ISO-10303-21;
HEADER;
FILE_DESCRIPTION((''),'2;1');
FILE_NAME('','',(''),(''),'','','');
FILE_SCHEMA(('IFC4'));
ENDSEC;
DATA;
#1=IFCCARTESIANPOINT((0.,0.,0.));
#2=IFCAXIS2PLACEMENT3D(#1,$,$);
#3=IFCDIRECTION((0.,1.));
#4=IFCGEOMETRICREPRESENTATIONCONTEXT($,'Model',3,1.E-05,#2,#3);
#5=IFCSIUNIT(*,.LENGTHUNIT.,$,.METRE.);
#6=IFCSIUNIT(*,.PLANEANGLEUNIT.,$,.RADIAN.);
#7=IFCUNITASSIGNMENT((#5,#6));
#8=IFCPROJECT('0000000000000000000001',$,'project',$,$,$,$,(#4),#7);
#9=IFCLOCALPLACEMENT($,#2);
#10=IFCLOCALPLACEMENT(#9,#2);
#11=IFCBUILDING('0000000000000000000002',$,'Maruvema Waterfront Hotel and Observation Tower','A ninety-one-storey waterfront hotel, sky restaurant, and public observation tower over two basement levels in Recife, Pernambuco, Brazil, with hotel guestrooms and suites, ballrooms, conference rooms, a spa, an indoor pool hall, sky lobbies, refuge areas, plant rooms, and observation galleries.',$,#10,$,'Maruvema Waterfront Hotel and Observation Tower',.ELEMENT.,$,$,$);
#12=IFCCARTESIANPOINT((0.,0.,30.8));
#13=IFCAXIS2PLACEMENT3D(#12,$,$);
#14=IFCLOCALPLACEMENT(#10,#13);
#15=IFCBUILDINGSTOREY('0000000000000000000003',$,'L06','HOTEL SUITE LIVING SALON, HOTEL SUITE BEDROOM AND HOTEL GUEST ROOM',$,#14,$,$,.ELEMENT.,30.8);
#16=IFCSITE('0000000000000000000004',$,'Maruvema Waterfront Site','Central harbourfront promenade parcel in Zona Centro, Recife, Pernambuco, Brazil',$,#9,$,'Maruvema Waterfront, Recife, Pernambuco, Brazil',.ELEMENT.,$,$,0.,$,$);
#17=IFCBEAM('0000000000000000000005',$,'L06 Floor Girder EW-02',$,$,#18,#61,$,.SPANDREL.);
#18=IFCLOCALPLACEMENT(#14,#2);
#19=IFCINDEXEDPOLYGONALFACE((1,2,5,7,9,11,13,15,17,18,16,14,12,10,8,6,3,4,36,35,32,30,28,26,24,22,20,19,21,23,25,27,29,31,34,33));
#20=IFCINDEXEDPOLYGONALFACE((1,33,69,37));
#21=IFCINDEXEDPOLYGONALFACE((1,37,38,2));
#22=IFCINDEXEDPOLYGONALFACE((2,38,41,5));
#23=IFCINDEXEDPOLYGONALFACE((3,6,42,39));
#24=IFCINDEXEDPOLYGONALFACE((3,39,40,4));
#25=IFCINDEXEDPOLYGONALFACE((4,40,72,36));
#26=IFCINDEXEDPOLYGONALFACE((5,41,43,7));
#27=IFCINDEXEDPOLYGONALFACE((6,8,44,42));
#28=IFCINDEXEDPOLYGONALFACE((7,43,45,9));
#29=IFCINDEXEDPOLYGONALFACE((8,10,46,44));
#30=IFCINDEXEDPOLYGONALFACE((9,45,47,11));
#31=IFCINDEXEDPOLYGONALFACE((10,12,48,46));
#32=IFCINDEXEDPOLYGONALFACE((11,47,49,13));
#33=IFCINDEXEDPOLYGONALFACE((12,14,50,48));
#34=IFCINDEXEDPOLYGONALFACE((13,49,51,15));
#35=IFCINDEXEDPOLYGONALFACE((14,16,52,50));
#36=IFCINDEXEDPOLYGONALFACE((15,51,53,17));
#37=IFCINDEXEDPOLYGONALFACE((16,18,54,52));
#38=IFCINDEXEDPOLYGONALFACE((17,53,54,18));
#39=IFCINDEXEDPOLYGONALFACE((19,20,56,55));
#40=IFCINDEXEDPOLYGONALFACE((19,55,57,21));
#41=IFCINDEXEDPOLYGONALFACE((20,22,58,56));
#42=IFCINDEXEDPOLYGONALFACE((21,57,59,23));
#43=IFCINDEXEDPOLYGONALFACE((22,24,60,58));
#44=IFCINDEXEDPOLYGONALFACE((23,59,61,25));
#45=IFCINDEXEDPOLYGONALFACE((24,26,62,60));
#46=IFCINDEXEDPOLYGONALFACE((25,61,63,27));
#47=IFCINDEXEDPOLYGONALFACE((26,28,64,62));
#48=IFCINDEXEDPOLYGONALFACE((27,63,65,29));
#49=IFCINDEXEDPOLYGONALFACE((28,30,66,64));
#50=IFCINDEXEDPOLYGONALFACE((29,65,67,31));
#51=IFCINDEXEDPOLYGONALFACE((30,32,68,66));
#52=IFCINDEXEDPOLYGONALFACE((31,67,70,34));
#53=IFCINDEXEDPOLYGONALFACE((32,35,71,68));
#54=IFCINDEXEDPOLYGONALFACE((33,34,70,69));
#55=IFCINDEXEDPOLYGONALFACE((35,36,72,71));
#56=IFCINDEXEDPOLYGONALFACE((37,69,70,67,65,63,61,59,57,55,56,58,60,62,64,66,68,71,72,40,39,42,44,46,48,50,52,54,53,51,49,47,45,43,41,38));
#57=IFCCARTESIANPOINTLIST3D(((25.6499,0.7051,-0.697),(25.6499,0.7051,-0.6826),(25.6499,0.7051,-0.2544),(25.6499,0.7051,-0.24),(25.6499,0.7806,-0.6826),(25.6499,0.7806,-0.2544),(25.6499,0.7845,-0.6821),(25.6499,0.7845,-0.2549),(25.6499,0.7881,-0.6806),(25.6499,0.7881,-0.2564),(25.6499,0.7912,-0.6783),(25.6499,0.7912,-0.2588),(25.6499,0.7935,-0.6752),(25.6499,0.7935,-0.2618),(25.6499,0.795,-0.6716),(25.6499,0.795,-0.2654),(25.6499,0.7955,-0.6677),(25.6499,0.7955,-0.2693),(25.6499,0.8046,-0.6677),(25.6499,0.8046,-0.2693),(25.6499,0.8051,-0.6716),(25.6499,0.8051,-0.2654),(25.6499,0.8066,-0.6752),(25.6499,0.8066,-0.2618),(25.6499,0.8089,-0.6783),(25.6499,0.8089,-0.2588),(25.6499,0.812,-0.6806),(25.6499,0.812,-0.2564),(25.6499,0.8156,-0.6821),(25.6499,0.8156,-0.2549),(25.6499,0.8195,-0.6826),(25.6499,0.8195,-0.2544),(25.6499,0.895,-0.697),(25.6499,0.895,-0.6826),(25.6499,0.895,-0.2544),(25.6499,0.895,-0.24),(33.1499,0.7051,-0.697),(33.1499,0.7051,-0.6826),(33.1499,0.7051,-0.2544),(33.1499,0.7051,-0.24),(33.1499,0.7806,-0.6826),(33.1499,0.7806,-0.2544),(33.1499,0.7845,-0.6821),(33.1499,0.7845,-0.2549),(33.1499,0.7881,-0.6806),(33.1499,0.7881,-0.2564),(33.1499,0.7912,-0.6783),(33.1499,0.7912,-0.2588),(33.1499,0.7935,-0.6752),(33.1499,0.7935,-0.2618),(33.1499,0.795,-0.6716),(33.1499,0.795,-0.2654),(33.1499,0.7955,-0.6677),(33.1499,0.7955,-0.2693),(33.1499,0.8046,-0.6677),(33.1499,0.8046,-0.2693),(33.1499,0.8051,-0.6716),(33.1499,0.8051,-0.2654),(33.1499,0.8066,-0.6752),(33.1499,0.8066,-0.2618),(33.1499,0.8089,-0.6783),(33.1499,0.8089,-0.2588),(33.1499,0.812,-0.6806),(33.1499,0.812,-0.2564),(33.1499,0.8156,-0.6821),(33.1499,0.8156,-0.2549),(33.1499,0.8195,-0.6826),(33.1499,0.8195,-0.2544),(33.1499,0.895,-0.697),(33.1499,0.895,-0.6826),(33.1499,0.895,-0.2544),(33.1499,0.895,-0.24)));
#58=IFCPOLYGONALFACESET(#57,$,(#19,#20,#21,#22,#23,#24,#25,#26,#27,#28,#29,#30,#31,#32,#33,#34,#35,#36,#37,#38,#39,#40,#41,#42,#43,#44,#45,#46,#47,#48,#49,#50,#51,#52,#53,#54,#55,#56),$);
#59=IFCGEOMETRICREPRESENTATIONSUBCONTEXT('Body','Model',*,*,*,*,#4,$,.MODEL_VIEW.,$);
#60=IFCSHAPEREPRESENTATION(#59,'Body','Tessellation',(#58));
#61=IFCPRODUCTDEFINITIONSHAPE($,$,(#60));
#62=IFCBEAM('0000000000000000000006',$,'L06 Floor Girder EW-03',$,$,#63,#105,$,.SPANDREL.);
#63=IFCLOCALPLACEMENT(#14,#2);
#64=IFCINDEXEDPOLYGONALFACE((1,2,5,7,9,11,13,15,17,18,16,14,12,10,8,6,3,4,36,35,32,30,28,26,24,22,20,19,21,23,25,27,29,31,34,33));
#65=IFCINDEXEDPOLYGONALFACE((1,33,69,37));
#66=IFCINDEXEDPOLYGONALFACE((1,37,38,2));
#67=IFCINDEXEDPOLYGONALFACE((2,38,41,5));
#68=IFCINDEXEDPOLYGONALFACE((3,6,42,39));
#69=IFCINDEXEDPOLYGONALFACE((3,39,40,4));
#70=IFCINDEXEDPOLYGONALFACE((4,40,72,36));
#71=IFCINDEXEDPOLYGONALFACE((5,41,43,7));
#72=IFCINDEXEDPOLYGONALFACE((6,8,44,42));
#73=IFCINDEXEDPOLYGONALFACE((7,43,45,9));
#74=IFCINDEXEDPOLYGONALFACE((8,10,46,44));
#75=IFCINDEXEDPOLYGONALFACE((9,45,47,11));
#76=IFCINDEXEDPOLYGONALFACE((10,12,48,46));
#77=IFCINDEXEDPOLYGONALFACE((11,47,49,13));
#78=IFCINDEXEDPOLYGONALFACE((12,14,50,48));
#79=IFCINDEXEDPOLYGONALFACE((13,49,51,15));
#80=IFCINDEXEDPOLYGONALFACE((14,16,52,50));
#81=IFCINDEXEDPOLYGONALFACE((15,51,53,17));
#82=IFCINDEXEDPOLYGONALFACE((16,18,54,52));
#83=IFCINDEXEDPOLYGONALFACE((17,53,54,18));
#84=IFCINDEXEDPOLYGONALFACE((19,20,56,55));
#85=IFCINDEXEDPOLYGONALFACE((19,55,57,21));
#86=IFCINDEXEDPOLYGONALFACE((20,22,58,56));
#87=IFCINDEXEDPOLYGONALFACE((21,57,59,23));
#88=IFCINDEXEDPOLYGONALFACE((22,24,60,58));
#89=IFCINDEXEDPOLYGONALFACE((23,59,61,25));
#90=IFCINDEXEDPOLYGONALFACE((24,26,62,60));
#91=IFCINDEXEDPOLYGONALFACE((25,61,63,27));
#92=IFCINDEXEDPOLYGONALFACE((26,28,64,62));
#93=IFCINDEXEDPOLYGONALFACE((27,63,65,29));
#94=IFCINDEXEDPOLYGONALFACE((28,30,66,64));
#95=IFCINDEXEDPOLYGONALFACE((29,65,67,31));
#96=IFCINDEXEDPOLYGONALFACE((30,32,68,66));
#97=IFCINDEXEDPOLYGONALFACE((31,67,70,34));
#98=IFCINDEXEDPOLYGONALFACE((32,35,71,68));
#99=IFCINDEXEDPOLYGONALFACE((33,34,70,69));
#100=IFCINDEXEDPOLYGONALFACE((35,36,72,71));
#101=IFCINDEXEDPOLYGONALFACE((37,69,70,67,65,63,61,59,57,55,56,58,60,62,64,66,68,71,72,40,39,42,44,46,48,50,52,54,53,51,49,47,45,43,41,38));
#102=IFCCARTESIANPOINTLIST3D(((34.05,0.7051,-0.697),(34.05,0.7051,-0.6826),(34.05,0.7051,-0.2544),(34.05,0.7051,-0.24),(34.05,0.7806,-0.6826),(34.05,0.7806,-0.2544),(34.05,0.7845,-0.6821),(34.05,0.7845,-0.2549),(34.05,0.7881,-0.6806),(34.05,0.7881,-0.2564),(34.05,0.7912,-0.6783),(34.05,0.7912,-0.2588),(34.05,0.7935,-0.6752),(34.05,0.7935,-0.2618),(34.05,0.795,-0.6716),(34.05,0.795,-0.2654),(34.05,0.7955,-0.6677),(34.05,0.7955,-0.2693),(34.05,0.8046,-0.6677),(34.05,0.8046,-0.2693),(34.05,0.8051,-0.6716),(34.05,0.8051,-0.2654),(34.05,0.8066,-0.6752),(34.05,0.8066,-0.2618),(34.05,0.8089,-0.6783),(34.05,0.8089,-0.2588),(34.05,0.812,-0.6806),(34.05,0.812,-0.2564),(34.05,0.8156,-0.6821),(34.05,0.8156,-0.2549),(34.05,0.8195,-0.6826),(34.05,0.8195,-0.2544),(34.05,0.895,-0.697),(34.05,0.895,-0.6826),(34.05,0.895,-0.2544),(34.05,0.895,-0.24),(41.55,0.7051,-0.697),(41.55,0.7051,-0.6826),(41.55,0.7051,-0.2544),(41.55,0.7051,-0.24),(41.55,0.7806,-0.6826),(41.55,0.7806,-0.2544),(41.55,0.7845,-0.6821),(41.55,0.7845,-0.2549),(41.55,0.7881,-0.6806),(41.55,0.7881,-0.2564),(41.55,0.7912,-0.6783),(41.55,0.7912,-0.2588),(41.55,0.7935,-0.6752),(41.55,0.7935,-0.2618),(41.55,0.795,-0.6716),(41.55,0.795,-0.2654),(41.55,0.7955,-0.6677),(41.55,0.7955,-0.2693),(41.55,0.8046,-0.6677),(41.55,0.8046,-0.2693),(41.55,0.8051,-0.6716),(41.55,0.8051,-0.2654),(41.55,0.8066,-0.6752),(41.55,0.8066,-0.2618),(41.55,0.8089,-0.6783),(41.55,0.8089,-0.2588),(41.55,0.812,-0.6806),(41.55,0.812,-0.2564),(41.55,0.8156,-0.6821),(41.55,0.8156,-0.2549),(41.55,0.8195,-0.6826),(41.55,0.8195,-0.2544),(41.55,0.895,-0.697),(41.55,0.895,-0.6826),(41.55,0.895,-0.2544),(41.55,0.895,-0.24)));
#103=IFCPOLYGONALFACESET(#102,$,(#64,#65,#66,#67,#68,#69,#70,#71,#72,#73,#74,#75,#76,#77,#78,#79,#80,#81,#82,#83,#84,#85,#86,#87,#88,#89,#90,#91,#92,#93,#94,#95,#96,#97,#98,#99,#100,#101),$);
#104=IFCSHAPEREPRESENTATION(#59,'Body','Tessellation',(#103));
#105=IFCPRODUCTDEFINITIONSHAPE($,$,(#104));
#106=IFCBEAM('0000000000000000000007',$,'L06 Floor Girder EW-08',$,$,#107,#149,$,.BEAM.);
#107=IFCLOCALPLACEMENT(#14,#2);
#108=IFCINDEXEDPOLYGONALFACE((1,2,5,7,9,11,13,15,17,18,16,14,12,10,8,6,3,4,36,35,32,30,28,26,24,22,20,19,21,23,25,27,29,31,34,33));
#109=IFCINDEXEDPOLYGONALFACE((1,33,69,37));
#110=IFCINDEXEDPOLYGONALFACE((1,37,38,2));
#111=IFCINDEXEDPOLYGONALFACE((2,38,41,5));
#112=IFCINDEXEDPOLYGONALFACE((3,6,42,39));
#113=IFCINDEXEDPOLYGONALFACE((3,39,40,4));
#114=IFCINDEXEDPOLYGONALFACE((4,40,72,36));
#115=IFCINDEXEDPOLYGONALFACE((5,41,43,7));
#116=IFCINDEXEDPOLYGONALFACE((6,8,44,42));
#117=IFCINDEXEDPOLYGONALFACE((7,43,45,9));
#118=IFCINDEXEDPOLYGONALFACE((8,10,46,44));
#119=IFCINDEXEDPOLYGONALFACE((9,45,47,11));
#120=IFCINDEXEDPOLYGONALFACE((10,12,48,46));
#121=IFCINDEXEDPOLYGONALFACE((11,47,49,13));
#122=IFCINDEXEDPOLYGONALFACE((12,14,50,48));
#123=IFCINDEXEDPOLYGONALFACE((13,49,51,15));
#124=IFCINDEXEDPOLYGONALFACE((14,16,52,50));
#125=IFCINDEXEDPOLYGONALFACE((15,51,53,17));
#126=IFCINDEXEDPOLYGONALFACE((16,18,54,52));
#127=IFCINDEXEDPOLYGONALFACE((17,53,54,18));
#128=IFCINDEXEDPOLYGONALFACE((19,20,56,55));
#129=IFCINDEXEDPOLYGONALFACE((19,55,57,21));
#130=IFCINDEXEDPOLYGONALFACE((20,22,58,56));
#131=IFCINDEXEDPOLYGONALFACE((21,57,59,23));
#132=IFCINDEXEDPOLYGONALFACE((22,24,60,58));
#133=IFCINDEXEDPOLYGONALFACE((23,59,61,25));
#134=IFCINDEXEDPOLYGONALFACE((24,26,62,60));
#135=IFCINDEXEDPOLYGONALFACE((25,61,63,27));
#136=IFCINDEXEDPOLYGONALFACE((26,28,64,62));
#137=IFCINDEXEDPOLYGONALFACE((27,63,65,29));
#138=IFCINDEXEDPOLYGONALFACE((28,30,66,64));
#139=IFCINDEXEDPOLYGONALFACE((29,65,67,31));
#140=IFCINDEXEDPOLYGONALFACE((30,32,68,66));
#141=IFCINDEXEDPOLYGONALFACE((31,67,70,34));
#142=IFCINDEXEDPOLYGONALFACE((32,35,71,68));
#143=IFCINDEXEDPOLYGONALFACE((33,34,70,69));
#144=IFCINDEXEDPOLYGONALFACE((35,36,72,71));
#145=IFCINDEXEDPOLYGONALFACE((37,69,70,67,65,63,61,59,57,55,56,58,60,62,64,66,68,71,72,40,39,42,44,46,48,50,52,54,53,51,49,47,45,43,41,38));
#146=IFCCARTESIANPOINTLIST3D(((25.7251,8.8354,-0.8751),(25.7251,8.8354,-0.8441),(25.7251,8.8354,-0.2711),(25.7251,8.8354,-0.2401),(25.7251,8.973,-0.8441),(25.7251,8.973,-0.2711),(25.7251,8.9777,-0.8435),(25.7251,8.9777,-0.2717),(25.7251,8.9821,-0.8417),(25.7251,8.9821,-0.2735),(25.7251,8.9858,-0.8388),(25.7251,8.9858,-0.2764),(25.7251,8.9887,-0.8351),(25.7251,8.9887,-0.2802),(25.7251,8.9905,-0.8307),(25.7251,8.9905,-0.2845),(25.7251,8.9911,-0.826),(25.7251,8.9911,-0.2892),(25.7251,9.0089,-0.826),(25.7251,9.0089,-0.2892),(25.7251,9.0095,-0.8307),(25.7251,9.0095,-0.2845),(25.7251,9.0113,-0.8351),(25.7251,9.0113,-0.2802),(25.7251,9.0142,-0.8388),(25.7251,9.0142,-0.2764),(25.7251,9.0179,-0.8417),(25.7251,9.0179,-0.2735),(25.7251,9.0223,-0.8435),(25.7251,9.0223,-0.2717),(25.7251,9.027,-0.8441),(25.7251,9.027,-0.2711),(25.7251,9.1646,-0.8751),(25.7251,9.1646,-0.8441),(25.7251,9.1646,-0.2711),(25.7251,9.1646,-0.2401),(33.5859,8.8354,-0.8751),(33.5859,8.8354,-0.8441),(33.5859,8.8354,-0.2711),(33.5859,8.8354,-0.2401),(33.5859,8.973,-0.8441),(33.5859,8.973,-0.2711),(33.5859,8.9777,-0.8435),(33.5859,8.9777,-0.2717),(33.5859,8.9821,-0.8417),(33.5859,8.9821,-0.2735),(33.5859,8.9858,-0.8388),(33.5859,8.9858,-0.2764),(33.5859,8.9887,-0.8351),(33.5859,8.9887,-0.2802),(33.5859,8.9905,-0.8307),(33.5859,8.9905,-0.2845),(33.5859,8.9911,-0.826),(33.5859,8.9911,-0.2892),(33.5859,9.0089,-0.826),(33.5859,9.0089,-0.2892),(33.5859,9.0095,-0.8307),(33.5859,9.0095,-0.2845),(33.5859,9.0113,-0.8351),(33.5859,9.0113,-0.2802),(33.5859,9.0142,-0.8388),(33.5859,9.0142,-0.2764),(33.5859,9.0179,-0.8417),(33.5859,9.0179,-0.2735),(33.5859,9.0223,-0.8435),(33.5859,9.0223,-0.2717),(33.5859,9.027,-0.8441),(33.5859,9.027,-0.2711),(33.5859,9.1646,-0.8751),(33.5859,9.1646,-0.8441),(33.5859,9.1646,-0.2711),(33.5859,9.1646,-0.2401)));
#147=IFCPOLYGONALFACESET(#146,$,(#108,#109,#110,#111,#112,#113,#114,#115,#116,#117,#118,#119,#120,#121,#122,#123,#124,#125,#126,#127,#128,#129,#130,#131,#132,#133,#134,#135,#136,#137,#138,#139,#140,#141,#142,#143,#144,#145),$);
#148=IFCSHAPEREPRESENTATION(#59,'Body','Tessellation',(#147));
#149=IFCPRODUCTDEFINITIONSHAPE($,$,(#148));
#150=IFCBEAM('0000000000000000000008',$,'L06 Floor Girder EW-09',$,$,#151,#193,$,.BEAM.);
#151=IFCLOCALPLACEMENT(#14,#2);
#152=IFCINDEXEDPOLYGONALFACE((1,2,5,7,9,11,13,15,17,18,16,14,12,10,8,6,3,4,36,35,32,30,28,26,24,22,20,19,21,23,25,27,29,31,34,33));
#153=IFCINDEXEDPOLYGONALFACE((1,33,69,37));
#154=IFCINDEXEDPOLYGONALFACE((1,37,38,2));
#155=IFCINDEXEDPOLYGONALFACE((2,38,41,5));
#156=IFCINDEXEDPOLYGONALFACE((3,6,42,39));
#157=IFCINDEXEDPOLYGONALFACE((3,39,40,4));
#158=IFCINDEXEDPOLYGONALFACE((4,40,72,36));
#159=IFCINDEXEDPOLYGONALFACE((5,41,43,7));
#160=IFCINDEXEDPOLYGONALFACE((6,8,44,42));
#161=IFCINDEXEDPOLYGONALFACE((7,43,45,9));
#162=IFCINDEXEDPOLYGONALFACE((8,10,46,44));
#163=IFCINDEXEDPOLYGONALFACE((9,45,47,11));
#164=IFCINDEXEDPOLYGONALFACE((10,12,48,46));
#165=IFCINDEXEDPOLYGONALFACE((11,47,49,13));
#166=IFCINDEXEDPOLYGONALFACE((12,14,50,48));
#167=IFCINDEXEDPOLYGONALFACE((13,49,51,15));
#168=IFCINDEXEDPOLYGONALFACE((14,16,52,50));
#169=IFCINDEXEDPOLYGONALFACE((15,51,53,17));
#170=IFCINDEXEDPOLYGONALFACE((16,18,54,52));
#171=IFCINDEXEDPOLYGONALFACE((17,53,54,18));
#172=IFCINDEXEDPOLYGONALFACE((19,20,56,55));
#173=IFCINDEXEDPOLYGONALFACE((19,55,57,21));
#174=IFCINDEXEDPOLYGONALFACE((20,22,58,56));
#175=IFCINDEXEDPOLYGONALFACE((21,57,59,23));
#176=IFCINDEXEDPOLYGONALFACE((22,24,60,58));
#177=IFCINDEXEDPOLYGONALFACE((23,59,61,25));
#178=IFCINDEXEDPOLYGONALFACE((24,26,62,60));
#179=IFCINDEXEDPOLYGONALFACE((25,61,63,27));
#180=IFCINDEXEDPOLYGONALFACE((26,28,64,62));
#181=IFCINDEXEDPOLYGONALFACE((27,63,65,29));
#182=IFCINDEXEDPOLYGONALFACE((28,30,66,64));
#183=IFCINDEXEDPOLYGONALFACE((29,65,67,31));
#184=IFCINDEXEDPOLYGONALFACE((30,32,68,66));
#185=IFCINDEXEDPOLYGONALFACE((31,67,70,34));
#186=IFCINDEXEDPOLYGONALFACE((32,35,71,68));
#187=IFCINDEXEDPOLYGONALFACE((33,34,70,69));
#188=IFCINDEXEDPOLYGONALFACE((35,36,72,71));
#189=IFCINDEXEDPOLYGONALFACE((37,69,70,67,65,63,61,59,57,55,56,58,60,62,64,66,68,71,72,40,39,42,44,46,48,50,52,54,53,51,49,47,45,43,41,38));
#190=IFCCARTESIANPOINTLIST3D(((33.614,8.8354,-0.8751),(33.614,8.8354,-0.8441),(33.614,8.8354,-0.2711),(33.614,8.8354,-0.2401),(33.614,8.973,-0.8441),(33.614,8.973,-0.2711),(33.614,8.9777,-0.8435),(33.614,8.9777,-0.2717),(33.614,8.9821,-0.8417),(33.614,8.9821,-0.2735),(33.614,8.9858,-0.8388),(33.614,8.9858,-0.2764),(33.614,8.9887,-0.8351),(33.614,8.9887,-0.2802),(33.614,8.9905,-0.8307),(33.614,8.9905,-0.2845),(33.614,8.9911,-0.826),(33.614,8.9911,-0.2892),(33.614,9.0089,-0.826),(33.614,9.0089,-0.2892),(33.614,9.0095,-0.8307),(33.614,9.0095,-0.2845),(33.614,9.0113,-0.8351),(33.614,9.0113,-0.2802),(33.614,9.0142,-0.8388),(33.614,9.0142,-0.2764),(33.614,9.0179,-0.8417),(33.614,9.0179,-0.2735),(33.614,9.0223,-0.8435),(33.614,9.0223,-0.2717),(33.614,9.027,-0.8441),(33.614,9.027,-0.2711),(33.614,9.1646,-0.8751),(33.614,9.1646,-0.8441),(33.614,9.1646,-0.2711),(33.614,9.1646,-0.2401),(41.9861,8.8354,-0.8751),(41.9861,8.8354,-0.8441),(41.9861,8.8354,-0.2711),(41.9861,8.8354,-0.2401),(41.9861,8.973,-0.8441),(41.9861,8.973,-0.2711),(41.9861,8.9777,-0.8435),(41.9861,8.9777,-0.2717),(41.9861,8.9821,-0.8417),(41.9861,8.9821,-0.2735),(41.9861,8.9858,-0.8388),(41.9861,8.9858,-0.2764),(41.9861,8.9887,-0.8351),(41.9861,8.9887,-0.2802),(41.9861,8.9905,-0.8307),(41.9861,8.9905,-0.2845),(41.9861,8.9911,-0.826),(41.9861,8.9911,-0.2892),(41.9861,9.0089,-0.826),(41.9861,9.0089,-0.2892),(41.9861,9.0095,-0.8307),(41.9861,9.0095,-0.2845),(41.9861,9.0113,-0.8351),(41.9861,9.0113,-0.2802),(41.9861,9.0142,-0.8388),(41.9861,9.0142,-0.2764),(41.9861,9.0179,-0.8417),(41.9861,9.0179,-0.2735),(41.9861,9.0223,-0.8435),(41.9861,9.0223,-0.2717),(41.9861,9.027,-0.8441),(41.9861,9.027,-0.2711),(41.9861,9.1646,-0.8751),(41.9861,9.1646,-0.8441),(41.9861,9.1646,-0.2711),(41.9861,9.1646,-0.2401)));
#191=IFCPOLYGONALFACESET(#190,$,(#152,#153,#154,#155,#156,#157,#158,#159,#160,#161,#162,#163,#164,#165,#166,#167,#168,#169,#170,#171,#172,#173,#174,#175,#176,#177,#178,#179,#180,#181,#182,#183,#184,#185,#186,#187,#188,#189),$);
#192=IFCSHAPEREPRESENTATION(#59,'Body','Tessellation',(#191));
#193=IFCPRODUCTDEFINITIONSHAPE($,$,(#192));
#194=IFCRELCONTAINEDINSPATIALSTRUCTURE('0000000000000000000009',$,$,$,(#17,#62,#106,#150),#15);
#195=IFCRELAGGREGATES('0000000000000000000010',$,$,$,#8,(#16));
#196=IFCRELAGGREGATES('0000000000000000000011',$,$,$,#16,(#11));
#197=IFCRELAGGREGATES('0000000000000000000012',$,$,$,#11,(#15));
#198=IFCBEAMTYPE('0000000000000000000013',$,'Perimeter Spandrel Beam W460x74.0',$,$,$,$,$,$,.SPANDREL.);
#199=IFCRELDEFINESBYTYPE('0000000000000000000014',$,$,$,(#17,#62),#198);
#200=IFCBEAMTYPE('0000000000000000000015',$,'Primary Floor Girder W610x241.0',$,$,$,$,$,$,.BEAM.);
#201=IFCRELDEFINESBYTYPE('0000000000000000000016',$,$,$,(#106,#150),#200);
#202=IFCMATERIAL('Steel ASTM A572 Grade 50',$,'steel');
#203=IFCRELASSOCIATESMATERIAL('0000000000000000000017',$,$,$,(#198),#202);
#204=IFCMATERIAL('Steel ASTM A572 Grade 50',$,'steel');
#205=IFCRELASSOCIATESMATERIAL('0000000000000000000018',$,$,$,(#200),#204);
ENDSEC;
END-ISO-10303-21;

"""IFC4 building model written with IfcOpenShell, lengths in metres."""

from ifc_helpers import new_model, si_unit, direction, frame, origin, origin_2d, place, context, subcontext, project, spatial, i_section, extrude, material, material_profile, profile_set, type_object, element, save


model = new_model("IFC4")

# Units and contexts
model_context = context("Model", 3, precision=1e-05, world=origin(), true_north=direction((0.0, 1.0)))
body_context = subcontext(model_context, "Body", "Model", "MODEL_VIEW")
ifc_project = project(units=[si_unit("LENGTHUNIT", "METRE"), si_unit("PLANEANGLEUNIT", "RADIAN")], contexts=[model_context])

# Site, building, storey
site_placement = place(None, origin())
site = spatial("IfcSite", under=ifc_project, at=site_placement, Name="Maruvema Waterfront Site", Description="Central harbourfront promenade parcel in Zona Centro, Recife, Pernambuco, Brazil", LongName="Maruvema Waterfront, Recife, Pernambuco, Brazil", CompositionType="ELEMENT", RefElevation=0.0)
building_placement = place(site_placement, origin())
building = spatial("IfcBuilding", under=site, at=building_placement, Name="Maruvema Waterfront Hotel and Observation Tower", Description="A ninety-one-storey waterfront hotel, sky restaurant, and public observation tower over two basement levels in Recife, Pernambuco, Brazil, with hotel guestrooms and suites, ballrooms, conference rooms, a spa, an indoor pool hall, sky lobbies, refuge areas, plant rooms, and observation galleries.", LongName="Maruvema Waterfront Hotel and Observation Tower", CompositionType="ELEMENT")
storey_placement = place(building_placement, frame((0.0, 0.0, 30.8)))
storey = spatial("IfcBuildingStorey", under=building, at=storey_placement, Name="L06", Description="HOTEL SUITE LIVING SALON, HOTEL SUITE BEDROOM AND HOTEL GUEST ROOM", CompositionType="ELEMENT", Elevation=30.8)

# Beams
ifc_material_1 = material(Name="Steel ASTM A572 Grade 50", Category="steel")
ifc_material_profile_1 = material_profile(ifc_material_1, i_section(OverallWidth=0.1899, OverallDepth=0.457, WebThickness=0.009, FlangeThickness=0.0144, FilletRadius=0.0149, at=origin_2d()), Name="W460x74.0")
ifc_profile_set_1 = profile_set([ifc_material_profile_1], Name="Steel ASTM A572 Grade 50")
beam_type_1 = type_object("IfcBeamType", Name="Perimeter Spandrel Beam W460x74.0", PredefinedType="SPANDREL", material=ifc_profile_set_1)
for number, where, z_axis, x_axis, name in (
    (1, (25.6499, 0.8, -0.4685), (1.0, 0.0, 0.0), (0.0, 1.0, 0.0), "L06 Floor Girder EW-02"),
    (2, (34.05, 0.8, -0.4685), (1.0, 0.0, 0.0), (0.0, 1.0, 0.0), "L06 Floor Girder EW-03"),
):
    element("IfcBeam", number, at=place(storey_placement, frame(where, z_axis=z_axis, x_axis=x_axis)), inside=storey, type_object=beam_type_1, Name=name, PredefinedType="SPANDREL", context=body_context, shape_type="SweptSolid", body=[
        extrude(i_section(OverallWidth=0.1899, OverallDepth=0.457, WebThickness=0.009, FlangeThickness=0.0144, FilletRadius=0.0149, at=origin_2d()), origin(), (0.0, 0.0, 1.0), 7.5),
    ])
ifc_material_2 = material(Name="Steel ASTM A572 Grade 50", Category="steel")
ifc_material_profile_2 = material_profile(ifc_material_2, i_section(OverallWidth=0.3291, OverallDepth=0.635, WebThickness=0.0178, FlangeThickness=0.031, FilletRadius=0.0181, at=origin_2d()), Name="W610x241.0")
ifc_profile_set_2 = profile_set([ifc_material_profile_2], Name="Steel ASTM A572 Grade 50")
beam_type_2 = type_object("IfcBeamType", Name="Primary Floor Girder W610x241.0", PredefinedType="BEAM", material=ifc_profile_set_2)
beam_1_placement = place(storey_placement, frame((25.7251, 9.0, -0.5576), z_axis=(1.0, 0.0, 0.0), x_axis=(0.0, 1.0, 0.0)))
element("IfcBeam", 3, at=beam_1_placement, inside=storey, type_object=beam_type_2, Name="L06 Floor Girder EW-08", PredefinedType="BEAM", context=body_context, shape_type="SweptSolid", body=[
    extrude(i_section(OverallWidth=0.3291, OverallDepth=0.635, WebThickness=0.0178, FlangeThickness=0.031, FilletRadius=0.0181, at=origin_2d()), origin(), (0.0, 0.0, 1.0), 7.8608),
])
beam_2_placement = place(storey_placement, frame((33.614, 9.0, -0.5576), z_axis=(1.0, 0.0, 0.0), x_axis=(0.0, 1.0, 0.0)))
element("IfcBeam", 4, at=beam_2_placement, inside=storey, type_object=beam_type_2, Name="L06 Floor Girder EW-09", PredefinedType="BEAM", context=body_context, shape_type="SweptSolid", body=[
    extrude(i_section(OverallWidth=0.3291, OverallDepth=0.635, WebThickness=0.0178, FlangeThickness=0.031, FilletRadius=0.0181, at=origin_2d()), origin(), (0.0, 0.0, 1.0), 8.3721),
])

save(model, "model.ifc")
